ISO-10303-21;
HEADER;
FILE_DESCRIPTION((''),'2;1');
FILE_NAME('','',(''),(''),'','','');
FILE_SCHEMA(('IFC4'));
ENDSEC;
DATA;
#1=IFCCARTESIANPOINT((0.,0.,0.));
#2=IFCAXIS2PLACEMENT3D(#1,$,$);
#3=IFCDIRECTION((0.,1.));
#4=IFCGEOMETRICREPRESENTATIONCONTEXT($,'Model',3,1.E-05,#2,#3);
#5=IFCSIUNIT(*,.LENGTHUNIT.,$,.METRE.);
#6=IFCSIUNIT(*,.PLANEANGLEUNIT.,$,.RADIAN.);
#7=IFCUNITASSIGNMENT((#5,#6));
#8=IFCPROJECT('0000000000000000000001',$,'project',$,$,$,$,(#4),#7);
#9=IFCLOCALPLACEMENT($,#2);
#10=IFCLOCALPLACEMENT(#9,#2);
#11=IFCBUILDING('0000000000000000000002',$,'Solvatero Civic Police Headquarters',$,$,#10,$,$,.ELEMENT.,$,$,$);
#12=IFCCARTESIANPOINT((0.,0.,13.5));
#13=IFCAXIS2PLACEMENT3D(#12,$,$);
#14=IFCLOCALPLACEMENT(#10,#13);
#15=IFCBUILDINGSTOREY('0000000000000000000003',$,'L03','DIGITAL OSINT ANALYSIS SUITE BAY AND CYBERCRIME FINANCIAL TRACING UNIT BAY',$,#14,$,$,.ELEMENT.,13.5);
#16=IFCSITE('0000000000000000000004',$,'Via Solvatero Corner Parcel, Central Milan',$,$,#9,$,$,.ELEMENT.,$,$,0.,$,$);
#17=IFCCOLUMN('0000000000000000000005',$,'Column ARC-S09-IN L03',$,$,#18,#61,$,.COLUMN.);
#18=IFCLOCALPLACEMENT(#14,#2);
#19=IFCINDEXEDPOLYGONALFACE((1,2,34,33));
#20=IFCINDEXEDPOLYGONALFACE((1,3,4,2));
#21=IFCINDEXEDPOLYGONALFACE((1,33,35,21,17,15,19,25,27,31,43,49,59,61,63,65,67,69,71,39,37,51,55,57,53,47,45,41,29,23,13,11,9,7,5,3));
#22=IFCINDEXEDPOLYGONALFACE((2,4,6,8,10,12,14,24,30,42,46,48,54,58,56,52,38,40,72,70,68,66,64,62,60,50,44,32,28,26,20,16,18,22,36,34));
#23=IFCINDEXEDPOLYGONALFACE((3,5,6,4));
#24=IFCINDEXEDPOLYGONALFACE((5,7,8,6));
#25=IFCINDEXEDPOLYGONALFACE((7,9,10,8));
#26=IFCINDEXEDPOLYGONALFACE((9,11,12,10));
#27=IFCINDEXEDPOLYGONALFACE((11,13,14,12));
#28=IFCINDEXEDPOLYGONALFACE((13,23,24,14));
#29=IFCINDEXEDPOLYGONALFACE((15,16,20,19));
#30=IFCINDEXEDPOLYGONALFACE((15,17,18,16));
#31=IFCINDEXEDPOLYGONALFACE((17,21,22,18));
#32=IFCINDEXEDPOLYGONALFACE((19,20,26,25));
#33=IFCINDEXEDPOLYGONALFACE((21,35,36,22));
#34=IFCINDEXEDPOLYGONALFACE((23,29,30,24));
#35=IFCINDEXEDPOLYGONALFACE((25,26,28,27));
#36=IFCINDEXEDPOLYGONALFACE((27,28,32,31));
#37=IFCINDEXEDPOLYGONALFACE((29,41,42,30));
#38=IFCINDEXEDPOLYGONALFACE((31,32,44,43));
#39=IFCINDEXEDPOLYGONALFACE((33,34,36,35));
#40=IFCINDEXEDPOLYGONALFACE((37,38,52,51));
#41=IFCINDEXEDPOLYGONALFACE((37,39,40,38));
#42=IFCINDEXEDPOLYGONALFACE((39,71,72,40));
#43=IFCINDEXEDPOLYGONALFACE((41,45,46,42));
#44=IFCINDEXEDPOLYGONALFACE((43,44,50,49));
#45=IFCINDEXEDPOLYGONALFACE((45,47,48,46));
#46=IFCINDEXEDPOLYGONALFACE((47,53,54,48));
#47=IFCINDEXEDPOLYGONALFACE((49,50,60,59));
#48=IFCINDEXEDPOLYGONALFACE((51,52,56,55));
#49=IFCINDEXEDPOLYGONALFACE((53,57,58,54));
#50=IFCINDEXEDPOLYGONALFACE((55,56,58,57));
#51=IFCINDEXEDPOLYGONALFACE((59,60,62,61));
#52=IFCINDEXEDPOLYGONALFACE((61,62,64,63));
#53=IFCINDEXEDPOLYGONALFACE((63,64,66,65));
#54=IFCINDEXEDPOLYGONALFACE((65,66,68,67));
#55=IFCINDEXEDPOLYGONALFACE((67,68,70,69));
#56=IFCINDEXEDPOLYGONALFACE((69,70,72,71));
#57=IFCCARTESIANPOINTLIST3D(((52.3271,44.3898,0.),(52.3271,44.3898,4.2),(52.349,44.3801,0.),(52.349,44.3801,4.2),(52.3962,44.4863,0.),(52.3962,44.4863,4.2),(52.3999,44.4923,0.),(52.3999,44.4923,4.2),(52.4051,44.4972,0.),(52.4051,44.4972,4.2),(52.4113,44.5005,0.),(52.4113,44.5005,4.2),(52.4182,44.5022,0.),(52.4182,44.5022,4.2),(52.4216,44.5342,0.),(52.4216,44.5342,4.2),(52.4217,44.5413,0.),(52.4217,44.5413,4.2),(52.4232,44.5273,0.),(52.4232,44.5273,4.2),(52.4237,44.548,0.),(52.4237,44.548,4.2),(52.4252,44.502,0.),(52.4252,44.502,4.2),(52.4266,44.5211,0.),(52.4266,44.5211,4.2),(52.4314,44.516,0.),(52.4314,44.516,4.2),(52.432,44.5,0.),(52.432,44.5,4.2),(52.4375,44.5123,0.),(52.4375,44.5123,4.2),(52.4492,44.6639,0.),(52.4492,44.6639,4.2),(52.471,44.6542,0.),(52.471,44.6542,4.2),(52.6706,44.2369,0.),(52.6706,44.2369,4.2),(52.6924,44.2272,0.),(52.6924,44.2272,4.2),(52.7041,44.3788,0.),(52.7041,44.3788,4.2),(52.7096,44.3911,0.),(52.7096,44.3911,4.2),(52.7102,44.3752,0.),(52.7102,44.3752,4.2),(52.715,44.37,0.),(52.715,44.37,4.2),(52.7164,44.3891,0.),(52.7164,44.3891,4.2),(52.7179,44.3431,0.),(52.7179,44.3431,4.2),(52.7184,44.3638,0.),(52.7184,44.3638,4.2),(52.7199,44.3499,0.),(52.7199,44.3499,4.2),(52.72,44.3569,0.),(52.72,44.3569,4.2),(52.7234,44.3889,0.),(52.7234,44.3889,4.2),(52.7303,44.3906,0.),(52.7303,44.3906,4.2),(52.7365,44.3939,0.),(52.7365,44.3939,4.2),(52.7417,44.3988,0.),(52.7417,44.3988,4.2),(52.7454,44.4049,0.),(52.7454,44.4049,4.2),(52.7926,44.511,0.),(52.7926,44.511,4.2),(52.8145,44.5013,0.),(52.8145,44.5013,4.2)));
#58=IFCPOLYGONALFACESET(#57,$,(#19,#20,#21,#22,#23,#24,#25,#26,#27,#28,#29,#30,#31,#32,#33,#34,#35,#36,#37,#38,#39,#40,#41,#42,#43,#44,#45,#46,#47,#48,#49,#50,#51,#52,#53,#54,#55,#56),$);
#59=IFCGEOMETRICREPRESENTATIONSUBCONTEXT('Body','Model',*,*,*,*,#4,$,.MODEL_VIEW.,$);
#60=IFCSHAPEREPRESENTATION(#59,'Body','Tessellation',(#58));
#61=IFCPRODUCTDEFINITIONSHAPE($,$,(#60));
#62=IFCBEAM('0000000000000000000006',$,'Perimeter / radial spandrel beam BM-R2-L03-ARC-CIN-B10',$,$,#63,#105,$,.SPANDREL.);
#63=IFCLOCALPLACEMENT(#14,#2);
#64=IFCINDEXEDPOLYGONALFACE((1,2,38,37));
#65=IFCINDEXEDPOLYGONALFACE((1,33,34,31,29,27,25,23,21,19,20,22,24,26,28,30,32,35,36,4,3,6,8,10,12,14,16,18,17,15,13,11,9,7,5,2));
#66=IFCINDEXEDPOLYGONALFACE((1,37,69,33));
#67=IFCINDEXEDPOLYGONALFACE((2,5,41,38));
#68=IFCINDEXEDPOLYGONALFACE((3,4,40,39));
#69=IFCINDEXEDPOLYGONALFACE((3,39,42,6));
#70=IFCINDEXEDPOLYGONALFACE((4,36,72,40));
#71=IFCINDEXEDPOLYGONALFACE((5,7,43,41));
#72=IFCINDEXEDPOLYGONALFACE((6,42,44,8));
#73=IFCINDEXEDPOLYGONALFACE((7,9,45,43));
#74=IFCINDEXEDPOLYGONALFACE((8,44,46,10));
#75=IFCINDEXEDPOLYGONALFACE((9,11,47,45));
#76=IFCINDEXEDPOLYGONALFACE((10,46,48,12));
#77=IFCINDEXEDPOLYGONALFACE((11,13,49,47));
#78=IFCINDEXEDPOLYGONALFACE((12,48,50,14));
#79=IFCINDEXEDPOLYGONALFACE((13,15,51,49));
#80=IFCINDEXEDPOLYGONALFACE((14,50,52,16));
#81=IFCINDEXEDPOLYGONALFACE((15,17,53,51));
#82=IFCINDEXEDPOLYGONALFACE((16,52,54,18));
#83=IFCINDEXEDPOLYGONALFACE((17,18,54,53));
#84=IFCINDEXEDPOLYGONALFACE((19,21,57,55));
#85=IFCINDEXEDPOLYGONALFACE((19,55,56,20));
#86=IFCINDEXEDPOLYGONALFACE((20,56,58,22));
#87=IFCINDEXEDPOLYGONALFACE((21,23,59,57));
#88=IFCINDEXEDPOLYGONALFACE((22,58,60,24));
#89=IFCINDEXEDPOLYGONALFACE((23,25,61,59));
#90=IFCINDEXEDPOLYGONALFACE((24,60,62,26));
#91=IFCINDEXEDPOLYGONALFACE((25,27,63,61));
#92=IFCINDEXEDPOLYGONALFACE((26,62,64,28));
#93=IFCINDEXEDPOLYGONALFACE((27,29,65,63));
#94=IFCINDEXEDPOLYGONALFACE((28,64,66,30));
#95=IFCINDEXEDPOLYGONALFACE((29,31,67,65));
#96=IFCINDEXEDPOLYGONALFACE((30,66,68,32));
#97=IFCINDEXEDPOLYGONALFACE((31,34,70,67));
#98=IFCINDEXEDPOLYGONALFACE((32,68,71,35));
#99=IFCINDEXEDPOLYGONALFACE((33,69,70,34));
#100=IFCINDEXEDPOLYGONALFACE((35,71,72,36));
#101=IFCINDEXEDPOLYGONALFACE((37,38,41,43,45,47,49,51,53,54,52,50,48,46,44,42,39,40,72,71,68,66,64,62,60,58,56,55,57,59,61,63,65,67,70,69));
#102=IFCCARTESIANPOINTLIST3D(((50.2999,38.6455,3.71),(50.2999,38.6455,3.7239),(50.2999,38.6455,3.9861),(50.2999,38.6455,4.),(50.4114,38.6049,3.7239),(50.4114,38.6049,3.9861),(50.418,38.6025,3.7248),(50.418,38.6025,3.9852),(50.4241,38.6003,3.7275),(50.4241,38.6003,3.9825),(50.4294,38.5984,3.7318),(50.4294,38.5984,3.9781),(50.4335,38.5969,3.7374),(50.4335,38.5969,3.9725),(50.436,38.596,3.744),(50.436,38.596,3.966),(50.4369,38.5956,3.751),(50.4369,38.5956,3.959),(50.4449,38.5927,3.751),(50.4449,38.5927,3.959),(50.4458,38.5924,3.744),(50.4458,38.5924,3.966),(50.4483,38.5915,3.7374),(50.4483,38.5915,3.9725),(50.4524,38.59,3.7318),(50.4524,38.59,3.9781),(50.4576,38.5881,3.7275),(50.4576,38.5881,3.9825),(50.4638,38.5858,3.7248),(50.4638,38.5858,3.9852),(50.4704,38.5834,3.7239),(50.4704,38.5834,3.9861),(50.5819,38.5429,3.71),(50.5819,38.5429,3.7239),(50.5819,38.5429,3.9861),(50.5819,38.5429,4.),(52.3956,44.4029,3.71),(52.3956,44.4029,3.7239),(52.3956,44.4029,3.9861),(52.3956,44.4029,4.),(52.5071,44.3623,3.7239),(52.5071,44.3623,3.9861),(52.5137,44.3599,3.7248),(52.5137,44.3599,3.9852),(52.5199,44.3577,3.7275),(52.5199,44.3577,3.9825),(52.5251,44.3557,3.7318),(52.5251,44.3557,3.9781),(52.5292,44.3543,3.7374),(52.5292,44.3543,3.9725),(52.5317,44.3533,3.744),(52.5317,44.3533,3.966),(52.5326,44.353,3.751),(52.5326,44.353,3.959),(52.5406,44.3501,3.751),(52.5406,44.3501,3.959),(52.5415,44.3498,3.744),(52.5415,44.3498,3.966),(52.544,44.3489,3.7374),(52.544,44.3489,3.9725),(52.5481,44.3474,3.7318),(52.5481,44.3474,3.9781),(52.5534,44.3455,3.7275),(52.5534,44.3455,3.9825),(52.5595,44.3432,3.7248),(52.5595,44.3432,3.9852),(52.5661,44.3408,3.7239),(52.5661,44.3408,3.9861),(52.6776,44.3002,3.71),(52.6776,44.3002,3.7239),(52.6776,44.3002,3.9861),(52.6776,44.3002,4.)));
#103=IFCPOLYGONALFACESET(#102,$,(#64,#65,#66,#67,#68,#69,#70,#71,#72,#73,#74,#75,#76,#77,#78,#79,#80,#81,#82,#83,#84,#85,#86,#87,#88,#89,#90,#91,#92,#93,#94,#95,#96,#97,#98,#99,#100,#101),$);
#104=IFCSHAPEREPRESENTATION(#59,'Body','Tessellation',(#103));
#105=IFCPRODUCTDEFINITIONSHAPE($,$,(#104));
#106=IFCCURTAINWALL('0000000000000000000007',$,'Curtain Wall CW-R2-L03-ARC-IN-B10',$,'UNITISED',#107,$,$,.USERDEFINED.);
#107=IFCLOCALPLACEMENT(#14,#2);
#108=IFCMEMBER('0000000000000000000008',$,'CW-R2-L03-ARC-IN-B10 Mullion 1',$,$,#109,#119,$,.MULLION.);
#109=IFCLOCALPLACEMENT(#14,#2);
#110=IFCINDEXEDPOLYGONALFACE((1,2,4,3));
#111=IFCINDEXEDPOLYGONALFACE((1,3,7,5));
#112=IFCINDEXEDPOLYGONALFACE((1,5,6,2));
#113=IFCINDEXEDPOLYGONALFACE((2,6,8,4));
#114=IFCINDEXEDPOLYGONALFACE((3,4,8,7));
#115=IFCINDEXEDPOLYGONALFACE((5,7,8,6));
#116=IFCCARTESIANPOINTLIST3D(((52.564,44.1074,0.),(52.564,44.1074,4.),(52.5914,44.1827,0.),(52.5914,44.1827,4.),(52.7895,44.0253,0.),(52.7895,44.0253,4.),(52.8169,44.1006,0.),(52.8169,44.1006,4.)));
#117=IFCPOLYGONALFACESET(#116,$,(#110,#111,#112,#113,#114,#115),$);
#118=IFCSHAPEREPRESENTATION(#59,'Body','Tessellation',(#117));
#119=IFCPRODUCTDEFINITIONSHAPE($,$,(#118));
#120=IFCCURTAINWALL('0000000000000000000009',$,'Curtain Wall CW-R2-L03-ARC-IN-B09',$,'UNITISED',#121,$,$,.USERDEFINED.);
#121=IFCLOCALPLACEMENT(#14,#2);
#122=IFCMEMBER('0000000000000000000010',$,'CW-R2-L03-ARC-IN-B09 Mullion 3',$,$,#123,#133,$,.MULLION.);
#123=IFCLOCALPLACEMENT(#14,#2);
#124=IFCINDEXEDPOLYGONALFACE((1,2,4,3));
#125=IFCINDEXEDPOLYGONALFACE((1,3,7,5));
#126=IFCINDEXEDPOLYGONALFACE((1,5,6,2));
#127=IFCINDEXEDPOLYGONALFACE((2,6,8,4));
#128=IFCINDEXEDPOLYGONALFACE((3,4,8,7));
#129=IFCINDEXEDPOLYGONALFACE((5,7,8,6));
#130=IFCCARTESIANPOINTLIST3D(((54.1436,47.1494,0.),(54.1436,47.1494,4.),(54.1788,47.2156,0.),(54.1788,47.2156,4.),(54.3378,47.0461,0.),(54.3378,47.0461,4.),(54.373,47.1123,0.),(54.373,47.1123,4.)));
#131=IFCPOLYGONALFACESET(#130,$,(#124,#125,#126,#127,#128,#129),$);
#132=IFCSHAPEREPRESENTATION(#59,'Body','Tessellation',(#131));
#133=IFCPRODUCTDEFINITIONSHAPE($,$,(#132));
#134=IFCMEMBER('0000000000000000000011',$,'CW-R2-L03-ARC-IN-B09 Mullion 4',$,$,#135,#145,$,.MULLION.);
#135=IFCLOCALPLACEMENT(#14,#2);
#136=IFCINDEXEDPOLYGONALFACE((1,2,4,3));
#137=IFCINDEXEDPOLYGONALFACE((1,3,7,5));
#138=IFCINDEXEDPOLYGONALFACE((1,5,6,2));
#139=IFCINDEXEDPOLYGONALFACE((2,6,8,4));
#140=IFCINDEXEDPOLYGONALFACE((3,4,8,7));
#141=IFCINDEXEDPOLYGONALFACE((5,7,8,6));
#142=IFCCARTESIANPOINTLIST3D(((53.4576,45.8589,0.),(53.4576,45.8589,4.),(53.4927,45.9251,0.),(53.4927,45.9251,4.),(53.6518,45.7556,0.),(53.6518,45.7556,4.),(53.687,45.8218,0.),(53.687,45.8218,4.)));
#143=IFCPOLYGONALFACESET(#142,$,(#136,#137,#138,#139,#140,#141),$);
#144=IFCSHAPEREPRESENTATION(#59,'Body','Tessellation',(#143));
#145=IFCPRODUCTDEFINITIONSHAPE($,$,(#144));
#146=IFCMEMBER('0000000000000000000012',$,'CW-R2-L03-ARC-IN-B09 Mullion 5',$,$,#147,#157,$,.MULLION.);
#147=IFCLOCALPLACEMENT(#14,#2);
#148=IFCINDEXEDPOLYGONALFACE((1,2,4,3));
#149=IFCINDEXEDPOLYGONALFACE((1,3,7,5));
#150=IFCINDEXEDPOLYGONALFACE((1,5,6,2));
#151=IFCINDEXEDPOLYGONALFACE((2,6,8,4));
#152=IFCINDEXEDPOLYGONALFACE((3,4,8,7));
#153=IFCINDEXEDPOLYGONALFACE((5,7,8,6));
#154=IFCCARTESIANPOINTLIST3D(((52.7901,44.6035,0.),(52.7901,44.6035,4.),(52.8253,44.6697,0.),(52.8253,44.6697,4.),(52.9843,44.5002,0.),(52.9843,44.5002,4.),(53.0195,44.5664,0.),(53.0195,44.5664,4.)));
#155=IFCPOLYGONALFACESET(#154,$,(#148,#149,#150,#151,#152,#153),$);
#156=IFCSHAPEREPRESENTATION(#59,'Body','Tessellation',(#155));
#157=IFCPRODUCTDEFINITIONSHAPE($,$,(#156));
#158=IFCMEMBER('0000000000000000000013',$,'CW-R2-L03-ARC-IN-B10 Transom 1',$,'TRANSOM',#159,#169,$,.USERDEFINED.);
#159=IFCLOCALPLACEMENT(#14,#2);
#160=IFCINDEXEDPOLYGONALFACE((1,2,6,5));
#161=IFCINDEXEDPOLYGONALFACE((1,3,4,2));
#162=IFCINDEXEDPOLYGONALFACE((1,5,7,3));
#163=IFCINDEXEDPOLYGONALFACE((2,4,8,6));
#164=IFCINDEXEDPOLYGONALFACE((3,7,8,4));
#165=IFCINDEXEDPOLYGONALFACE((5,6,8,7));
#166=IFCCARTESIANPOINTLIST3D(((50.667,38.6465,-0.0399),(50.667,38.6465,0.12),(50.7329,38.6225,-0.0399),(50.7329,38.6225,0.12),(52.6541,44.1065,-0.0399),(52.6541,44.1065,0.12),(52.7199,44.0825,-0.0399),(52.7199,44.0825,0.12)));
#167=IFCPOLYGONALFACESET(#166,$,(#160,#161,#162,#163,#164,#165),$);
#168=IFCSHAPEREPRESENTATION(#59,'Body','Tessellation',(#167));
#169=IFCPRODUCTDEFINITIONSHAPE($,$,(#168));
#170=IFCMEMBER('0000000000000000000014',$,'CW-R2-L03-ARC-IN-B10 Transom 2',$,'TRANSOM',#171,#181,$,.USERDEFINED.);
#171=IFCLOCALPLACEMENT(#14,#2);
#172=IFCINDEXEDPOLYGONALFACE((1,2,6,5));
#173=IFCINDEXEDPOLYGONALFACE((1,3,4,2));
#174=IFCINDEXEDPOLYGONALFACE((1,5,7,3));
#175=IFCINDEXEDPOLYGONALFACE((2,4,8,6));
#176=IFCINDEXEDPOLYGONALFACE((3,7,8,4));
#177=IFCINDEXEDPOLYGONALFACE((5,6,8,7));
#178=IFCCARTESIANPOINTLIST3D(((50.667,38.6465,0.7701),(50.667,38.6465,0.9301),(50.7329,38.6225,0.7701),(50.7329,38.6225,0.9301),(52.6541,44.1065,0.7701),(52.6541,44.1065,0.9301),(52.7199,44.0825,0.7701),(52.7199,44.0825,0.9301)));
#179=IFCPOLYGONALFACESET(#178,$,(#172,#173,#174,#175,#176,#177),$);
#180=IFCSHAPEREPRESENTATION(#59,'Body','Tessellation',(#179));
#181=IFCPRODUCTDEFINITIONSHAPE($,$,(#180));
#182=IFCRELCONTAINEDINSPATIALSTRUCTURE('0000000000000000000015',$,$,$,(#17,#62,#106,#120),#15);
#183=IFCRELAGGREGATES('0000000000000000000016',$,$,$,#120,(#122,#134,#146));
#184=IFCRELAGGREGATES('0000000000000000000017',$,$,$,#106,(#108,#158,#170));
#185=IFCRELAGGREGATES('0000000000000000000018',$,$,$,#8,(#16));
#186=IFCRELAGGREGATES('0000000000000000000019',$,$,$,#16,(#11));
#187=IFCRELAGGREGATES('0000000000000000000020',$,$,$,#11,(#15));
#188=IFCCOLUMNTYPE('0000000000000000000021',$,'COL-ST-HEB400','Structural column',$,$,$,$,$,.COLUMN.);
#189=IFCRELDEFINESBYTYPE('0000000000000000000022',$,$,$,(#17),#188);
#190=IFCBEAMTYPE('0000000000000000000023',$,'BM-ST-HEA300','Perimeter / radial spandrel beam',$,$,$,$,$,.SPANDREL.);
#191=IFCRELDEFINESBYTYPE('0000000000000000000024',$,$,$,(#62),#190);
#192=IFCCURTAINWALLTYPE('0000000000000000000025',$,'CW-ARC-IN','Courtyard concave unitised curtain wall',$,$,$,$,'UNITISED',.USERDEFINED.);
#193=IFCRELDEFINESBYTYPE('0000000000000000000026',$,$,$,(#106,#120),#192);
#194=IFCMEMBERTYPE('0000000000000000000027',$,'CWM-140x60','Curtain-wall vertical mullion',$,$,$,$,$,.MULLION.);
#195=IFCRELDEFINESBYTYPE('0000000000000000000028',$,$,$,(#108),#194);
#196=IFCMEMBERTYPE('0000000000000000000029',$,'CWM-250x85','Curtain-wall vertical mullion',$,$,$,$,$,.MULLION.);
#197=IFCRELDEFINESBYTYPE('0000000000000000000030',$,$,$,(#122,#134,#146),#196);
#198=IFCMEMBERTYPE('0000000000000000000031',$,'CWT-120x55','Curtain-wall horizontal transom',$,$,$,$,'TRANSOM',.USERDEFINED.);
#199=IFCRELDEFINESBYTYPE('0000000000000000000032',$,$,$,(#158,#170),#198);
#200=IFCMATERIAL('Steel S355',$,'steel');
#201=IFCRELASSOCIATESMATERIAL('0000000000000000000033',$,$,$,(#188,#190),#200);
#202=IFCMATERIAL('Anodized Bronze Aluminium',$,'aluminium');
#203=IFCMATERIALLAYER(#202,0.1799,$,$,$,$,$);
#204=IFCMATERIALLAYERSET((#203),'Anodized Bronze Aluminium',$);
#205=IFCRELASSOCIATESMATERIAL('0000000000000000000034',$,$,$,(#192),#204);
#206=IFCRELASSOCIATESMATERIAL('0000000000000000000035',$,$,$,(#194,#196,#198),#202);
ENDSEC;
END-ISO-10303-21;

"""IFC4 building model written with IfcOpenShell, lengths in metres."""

from ifc_helpers import new_model, si_unit, direction, frame, origin, origin_2d, place, context, subcontext, project, spatial, rectangle, i_section, extrude, material, layer, layer_set, material_profile, profile_set, type_object, element, aggregate, save


model = new_model("IFC4")

# Units and contexts
model_context = context("Model", 3, precision=1e-05, world=origin(), true_north=direction((0.0, 1.0)))
body_context = subcontext(model_context, "Body", "Model", "MODEL_VIEW")
ifc_project = project(units=[si_unit("LENGTHUNIT", "METRE"), si_unit("PLANEANGLEUNIT", "RADIAN")], contexts=[model_context])

# Site, building, storey
site_placement = place(None, origin())
site = spatial("IfcSite", under=ifc_project, at=site_placement, Name="Via Solvatero Corner Parcel, Central Milan", CompositionType="ELEMENT", RefElevation=0.0)
building_placement = place(site_placement, origin())
building = spatial("IfcBuilding", under=site, at=building_placement, Name="Solvatero Civic Police Headquarters", CompositionType="ELEMENT")
storey_placement = place(building_placement, frame((0.0, 0.0, 13.5)))
storey = spatial("IfcBuildingStorey", under=building, at=storey_placement, Name="L03", Description="DIGITAL OSINT ANALYSIS SUITE BAY AND CYBERCRIME FINANCIAL TRACING UNIT BAY", CompositionType="ELEMENT", Elevation=13.5)

# Column
ifc_material_1 = material(Name="Steel S355", Category="steel")
ifc_material_profile_1 = material_profile(ifc_material_1, i_section(OverallWidth=0.3, OverallDepth=0.3999, WebThickness=0.0134, FlangeThickness=0.0239, FilletRadius=0.0271, at=origin_2d()), Name="HEB 400")
ifc_profile_set_1 = profile_set([ifc_material_profile_1], Name="Steel S355")
column_type = type_object("IfcColumnType", Name="COL-ST-HEB400", Description="Structural column", PredefinedType="COLUMN", material=ifc_profile_set_1)
column_placement = place(storey_placement, frame((52.5708, 44.4456, 0.0), z_axis=(0.0, 0.0, 1.0), x_axis=(0.406737, 0.913545, 0.0)))
element("IfcColumn", 1, at=column_placement, inside=storey, type_object=column_type, Name="Column ARC-S09-IN L03", PredefinedType="COLUMN", context=body_context, shape_type="SweptSolid", body=[
    extrude(i_section(OverallWidth=0.3, OverallDepth=0.3999, WebThickness=0.0134, FlangeThickness=0.0239, FilletRadius=0.0271, at=origin_2d()), origin(), (0.0, 0.0, 1.0), 4.2),
])

# Beam
ifc_material_profile_2 = material_profile(ifc_material_1, i_section(OverallWidth=0.3, OverallDepth=0.29, WebThickness=0.0085, FlangeThickness=0.0139, FilletRadius=0.0271, at=origin_2d()), Name="HEA 300")
ifc_profile_set_2 = profile_set([ifc_material_profile_2], Name="Steel S355")
beam_type = type_object("IfcBeamType", Name="BM-ST-HEA300", Description="Perimeter / radial spandrel beam", PredefinedType="SPANDREL", material=ifc_profile_set_2)
beam_placement = place(storey_placement, frame((52.5366, 44.3516, 3.855), z_axis=(-0.34205, -0.939682, 0.0), x_axis=(0.939682, -0.34205, 0.0)))
element("IfcBeam", 2, at=beam_placement, inside=storey, type_object=beam_type, Name="Perimeter / radial spandrel beam BM-R2-L03-ARC-CIN-B10", PredefinedType="SPANDREL", context=body_context, shape_type="SweptSolid", body=[
    extrude(i_section(OverallWidth=0.3, OverallDepth=0.29, WebThickness=0.0085, FlangeThickness=0.0139, FilletRadius=0.0271, at=origin_2d()), origin(), (0.0, 0.0, 1.0), 6.127),
])

# Curtain wall, member
ifc_material_2 = material(Name="Anodized Bronze Aluminium", Category="aluminium")
ifc_layer_1 = layer(ifc_material_2, 0.1799)
ifc_layer_set_1 = layer_set([ifc_layer_1], Name="Anodized Bronze Aluminium")
curtain_wall_type = type_object("IfcCurtainWallType", Name="CW-ARC-IN", Description="Courtyard concave unitised curtain wall", ElementType="UNITISED", PredefinedType="USERDEFINED", material=ifc_layer_set_1)
curtain_wall_1_placement = place(storey_placement, origin())
curtain_wall_1 = element("IfcCurtainWall", 3, at=curtain_wall_1_placement, inside=storey, type_object=curtain_wall_type, Name="Curtain Wall CW-R2-L03-ARC-IN-B10", ObjectType="UNITISED", PredefinedType="USERDEFINED")
ifc_material_profile_3 = material_profile(ifc_material_2, rectangle(XDim=0.0801, YDim=0.24, at=origin_2d()), Name="ALU MULLION 80x240")
ifc_profile_set_3 = profile_set([ifc_material_profile_3], Name="Anodized Bronze Aluminium")
member_type_1 = type_object("IfcMemberType", Name="CWM-140x60", Description="Curtain-wall vertical mullion", PredefinedType="MULLION", material=ifc_profile_set_3)
member_1_placement = place(storey_placement, frame((52.6904, 44.104, 0.0), z_axis=(0.0, 0.0, 1.0), x_axis=(-0.34202, -0.939693, 0.0)))
member_1 = element("IfcMember", 4, at=member_1_placement, type_object=member_type_1, Name="CW-R2-L03-ARC-IN-B10 Mullion 1", PredefinedType="MULLION", context=body_context, shape_type="SweptSolid", body=[
    extrude(rectangle(XDim=0.0801, YDim=0.24, at=origin_2d()), origin(), (0.0, 0.0, 1.0), 4.0),
])

# Curtain wall, members
curtain_wall_2_placement = place(storey_placement, origin())
curtain_wall_2 = element("IfcCurtainWall", 5, at=curtain_wall_2_placement, inside=storey, type_object=curtain_wall_type, Name="Curtain Wall CW-R2-L03-ARC-IN-B09", ObjectType="UNITISED", PredefinedType="USERDEFINED")
ifc_material_profile_4 = material_profile(ifc_material_2, rectangle(XDim=0.075, YDim=0.22, at=origin_2d()), Name="ALU MULLION 75x220")
ifc_profile_set_4 = profile_set([ifc_material_profile_4], Name="Anodized Bronze Aluminium")
member_type_2 = type_object("IfcMemberType", Name="CWM-250x85", Description="Curtain-wall vertical mullion", PredefinedType="MULLION", material=ifc_profile_set_4)
member_2_placement = place(storey_placement, frame((54.2583, 47.1309, 0.0), z_axis=(0.0, 0.0, 1.0), x_axis=(-0.469487, -0.882939, 0.0)))
member_2 = element("IfcMember", 6, at=member_2_placement, type_object=member_type_2, Name="CW-R2-L03-ARC-IN-B09 Mullion 3", PredefinedType="MULLION", context=body_context, shape_type="SweptSolid", body=[
    extrude(rectangle(XDim=0.075, YDim=0.22, at=origin_2d()), origin(), (0.0, 0.0, 1.0), 4.0),
])
member_3_placement = place(storey_placement, frame((53.5723, 45.8403, 0.0), z_axis=(0.0, 0.0, 1.0), x_axis=(-0.469487, -0.882939, 0.0)))
member_3 = element("IfcMember", 7, at=member_3_placement, type_object=member_type_2, Name="CW-R2-L03-ARC-IN-B09 Mullion 4", PredefinedType="MULLION", context=body_context, shape_type="SweptSolid", body=[
    extrude(rectangle(XDim=0.075, YDim=0.22, at=origin_2d()), origin(), (0.0, 0.0, 1.0), 4.0),
])
member_4_placement = place(storey_placement, frame((52.9048, 44.585, 0.0), z_axis=(0.0, 0.0, 1.0), x_axis=(-0.469487, -0.882939, 0.0)))
member_4 = element("IfcMember", 8, at=member_4_placement, type_object=member_type_2, Name="CW-R2-L03-ARC-IN-B09 Mullion 5", PredefinedType="MULLION", context=body_context, shape_type="SweptSolid", body=[
    extrude(rectangle(XDim=0.075, YDim=0.22, at=origin_2d()), origin(), (0.0, 0.0, 1.0), 4.0),
])

# Members
ifc_material_profile_5 = material_profile(ifc_material_2, rectangle(XDim=0.0701, YDim=0.1599, at=origin_2d()), Name="ALU TRANSOM 70x160")
ifc_profile_set_5 = profile_set([ifc_material_profile_5], Name="Anodized Bronze Aluminium")
member_type_3 = type_object("IfcMemberType", Name="CWT-120x55", Description="Curtain-wall horizontal transom", ElementType="TRANSOM", PredefinedType="USERDEFINED", material=ifc_profile_set_5)
member_5_placement = place(storey_placement, frame((52.687, 44.0945, 0.04), z_axis=(-0.341989, -0.939704, 0.0), x_axis=(0.939704, -0.341989, 0.0)))
member_5 = element("IfcMember", 9, at=member_5_placement, type_object=member_type_3, Name="CW-R2-L03-ARC-IN-B10 Transom 1", ObjectType="TRANSOM", PredefinedType="USERDEFINED", context=body_context, shape_type="SweptSolid", body=[
    extrude(rectangle(XDim=0.0701, YDim=0.1599, at=origin_2d()), origin(), (0.0, 0.0, 1.0), 5.8103),
])
member_6_placement = place(storey_placement, frame((52.687, 44.0945, 0.8501), z_axis=(-0.341989, -0.939704, 0.0), x_axis=(0.939704, -0.341989, 0.0)))
member_6 = element("IfcMember", 10, at=member_6_placement, type_object=member_type_3, Name="CW-R2-L03-ARC-IN-B10 Transom 2", ObjectType="TRANSOM", PredefinedType="USERDEFINED", context=body_context, shape_type="SweptSolid", body=[
    extrude(rectangle(XDim=0.0701, YDim=0.1599, at=origin_2d()), origin(), (0.0, 0.0, 1.0), 5.8103),
])

aggregate(curtain_wall_2, [member_2, member_3, member_4])
aggregate(curtain_wall_1, [member_1, member_5, member_6])

save(model, "model.ifc")
